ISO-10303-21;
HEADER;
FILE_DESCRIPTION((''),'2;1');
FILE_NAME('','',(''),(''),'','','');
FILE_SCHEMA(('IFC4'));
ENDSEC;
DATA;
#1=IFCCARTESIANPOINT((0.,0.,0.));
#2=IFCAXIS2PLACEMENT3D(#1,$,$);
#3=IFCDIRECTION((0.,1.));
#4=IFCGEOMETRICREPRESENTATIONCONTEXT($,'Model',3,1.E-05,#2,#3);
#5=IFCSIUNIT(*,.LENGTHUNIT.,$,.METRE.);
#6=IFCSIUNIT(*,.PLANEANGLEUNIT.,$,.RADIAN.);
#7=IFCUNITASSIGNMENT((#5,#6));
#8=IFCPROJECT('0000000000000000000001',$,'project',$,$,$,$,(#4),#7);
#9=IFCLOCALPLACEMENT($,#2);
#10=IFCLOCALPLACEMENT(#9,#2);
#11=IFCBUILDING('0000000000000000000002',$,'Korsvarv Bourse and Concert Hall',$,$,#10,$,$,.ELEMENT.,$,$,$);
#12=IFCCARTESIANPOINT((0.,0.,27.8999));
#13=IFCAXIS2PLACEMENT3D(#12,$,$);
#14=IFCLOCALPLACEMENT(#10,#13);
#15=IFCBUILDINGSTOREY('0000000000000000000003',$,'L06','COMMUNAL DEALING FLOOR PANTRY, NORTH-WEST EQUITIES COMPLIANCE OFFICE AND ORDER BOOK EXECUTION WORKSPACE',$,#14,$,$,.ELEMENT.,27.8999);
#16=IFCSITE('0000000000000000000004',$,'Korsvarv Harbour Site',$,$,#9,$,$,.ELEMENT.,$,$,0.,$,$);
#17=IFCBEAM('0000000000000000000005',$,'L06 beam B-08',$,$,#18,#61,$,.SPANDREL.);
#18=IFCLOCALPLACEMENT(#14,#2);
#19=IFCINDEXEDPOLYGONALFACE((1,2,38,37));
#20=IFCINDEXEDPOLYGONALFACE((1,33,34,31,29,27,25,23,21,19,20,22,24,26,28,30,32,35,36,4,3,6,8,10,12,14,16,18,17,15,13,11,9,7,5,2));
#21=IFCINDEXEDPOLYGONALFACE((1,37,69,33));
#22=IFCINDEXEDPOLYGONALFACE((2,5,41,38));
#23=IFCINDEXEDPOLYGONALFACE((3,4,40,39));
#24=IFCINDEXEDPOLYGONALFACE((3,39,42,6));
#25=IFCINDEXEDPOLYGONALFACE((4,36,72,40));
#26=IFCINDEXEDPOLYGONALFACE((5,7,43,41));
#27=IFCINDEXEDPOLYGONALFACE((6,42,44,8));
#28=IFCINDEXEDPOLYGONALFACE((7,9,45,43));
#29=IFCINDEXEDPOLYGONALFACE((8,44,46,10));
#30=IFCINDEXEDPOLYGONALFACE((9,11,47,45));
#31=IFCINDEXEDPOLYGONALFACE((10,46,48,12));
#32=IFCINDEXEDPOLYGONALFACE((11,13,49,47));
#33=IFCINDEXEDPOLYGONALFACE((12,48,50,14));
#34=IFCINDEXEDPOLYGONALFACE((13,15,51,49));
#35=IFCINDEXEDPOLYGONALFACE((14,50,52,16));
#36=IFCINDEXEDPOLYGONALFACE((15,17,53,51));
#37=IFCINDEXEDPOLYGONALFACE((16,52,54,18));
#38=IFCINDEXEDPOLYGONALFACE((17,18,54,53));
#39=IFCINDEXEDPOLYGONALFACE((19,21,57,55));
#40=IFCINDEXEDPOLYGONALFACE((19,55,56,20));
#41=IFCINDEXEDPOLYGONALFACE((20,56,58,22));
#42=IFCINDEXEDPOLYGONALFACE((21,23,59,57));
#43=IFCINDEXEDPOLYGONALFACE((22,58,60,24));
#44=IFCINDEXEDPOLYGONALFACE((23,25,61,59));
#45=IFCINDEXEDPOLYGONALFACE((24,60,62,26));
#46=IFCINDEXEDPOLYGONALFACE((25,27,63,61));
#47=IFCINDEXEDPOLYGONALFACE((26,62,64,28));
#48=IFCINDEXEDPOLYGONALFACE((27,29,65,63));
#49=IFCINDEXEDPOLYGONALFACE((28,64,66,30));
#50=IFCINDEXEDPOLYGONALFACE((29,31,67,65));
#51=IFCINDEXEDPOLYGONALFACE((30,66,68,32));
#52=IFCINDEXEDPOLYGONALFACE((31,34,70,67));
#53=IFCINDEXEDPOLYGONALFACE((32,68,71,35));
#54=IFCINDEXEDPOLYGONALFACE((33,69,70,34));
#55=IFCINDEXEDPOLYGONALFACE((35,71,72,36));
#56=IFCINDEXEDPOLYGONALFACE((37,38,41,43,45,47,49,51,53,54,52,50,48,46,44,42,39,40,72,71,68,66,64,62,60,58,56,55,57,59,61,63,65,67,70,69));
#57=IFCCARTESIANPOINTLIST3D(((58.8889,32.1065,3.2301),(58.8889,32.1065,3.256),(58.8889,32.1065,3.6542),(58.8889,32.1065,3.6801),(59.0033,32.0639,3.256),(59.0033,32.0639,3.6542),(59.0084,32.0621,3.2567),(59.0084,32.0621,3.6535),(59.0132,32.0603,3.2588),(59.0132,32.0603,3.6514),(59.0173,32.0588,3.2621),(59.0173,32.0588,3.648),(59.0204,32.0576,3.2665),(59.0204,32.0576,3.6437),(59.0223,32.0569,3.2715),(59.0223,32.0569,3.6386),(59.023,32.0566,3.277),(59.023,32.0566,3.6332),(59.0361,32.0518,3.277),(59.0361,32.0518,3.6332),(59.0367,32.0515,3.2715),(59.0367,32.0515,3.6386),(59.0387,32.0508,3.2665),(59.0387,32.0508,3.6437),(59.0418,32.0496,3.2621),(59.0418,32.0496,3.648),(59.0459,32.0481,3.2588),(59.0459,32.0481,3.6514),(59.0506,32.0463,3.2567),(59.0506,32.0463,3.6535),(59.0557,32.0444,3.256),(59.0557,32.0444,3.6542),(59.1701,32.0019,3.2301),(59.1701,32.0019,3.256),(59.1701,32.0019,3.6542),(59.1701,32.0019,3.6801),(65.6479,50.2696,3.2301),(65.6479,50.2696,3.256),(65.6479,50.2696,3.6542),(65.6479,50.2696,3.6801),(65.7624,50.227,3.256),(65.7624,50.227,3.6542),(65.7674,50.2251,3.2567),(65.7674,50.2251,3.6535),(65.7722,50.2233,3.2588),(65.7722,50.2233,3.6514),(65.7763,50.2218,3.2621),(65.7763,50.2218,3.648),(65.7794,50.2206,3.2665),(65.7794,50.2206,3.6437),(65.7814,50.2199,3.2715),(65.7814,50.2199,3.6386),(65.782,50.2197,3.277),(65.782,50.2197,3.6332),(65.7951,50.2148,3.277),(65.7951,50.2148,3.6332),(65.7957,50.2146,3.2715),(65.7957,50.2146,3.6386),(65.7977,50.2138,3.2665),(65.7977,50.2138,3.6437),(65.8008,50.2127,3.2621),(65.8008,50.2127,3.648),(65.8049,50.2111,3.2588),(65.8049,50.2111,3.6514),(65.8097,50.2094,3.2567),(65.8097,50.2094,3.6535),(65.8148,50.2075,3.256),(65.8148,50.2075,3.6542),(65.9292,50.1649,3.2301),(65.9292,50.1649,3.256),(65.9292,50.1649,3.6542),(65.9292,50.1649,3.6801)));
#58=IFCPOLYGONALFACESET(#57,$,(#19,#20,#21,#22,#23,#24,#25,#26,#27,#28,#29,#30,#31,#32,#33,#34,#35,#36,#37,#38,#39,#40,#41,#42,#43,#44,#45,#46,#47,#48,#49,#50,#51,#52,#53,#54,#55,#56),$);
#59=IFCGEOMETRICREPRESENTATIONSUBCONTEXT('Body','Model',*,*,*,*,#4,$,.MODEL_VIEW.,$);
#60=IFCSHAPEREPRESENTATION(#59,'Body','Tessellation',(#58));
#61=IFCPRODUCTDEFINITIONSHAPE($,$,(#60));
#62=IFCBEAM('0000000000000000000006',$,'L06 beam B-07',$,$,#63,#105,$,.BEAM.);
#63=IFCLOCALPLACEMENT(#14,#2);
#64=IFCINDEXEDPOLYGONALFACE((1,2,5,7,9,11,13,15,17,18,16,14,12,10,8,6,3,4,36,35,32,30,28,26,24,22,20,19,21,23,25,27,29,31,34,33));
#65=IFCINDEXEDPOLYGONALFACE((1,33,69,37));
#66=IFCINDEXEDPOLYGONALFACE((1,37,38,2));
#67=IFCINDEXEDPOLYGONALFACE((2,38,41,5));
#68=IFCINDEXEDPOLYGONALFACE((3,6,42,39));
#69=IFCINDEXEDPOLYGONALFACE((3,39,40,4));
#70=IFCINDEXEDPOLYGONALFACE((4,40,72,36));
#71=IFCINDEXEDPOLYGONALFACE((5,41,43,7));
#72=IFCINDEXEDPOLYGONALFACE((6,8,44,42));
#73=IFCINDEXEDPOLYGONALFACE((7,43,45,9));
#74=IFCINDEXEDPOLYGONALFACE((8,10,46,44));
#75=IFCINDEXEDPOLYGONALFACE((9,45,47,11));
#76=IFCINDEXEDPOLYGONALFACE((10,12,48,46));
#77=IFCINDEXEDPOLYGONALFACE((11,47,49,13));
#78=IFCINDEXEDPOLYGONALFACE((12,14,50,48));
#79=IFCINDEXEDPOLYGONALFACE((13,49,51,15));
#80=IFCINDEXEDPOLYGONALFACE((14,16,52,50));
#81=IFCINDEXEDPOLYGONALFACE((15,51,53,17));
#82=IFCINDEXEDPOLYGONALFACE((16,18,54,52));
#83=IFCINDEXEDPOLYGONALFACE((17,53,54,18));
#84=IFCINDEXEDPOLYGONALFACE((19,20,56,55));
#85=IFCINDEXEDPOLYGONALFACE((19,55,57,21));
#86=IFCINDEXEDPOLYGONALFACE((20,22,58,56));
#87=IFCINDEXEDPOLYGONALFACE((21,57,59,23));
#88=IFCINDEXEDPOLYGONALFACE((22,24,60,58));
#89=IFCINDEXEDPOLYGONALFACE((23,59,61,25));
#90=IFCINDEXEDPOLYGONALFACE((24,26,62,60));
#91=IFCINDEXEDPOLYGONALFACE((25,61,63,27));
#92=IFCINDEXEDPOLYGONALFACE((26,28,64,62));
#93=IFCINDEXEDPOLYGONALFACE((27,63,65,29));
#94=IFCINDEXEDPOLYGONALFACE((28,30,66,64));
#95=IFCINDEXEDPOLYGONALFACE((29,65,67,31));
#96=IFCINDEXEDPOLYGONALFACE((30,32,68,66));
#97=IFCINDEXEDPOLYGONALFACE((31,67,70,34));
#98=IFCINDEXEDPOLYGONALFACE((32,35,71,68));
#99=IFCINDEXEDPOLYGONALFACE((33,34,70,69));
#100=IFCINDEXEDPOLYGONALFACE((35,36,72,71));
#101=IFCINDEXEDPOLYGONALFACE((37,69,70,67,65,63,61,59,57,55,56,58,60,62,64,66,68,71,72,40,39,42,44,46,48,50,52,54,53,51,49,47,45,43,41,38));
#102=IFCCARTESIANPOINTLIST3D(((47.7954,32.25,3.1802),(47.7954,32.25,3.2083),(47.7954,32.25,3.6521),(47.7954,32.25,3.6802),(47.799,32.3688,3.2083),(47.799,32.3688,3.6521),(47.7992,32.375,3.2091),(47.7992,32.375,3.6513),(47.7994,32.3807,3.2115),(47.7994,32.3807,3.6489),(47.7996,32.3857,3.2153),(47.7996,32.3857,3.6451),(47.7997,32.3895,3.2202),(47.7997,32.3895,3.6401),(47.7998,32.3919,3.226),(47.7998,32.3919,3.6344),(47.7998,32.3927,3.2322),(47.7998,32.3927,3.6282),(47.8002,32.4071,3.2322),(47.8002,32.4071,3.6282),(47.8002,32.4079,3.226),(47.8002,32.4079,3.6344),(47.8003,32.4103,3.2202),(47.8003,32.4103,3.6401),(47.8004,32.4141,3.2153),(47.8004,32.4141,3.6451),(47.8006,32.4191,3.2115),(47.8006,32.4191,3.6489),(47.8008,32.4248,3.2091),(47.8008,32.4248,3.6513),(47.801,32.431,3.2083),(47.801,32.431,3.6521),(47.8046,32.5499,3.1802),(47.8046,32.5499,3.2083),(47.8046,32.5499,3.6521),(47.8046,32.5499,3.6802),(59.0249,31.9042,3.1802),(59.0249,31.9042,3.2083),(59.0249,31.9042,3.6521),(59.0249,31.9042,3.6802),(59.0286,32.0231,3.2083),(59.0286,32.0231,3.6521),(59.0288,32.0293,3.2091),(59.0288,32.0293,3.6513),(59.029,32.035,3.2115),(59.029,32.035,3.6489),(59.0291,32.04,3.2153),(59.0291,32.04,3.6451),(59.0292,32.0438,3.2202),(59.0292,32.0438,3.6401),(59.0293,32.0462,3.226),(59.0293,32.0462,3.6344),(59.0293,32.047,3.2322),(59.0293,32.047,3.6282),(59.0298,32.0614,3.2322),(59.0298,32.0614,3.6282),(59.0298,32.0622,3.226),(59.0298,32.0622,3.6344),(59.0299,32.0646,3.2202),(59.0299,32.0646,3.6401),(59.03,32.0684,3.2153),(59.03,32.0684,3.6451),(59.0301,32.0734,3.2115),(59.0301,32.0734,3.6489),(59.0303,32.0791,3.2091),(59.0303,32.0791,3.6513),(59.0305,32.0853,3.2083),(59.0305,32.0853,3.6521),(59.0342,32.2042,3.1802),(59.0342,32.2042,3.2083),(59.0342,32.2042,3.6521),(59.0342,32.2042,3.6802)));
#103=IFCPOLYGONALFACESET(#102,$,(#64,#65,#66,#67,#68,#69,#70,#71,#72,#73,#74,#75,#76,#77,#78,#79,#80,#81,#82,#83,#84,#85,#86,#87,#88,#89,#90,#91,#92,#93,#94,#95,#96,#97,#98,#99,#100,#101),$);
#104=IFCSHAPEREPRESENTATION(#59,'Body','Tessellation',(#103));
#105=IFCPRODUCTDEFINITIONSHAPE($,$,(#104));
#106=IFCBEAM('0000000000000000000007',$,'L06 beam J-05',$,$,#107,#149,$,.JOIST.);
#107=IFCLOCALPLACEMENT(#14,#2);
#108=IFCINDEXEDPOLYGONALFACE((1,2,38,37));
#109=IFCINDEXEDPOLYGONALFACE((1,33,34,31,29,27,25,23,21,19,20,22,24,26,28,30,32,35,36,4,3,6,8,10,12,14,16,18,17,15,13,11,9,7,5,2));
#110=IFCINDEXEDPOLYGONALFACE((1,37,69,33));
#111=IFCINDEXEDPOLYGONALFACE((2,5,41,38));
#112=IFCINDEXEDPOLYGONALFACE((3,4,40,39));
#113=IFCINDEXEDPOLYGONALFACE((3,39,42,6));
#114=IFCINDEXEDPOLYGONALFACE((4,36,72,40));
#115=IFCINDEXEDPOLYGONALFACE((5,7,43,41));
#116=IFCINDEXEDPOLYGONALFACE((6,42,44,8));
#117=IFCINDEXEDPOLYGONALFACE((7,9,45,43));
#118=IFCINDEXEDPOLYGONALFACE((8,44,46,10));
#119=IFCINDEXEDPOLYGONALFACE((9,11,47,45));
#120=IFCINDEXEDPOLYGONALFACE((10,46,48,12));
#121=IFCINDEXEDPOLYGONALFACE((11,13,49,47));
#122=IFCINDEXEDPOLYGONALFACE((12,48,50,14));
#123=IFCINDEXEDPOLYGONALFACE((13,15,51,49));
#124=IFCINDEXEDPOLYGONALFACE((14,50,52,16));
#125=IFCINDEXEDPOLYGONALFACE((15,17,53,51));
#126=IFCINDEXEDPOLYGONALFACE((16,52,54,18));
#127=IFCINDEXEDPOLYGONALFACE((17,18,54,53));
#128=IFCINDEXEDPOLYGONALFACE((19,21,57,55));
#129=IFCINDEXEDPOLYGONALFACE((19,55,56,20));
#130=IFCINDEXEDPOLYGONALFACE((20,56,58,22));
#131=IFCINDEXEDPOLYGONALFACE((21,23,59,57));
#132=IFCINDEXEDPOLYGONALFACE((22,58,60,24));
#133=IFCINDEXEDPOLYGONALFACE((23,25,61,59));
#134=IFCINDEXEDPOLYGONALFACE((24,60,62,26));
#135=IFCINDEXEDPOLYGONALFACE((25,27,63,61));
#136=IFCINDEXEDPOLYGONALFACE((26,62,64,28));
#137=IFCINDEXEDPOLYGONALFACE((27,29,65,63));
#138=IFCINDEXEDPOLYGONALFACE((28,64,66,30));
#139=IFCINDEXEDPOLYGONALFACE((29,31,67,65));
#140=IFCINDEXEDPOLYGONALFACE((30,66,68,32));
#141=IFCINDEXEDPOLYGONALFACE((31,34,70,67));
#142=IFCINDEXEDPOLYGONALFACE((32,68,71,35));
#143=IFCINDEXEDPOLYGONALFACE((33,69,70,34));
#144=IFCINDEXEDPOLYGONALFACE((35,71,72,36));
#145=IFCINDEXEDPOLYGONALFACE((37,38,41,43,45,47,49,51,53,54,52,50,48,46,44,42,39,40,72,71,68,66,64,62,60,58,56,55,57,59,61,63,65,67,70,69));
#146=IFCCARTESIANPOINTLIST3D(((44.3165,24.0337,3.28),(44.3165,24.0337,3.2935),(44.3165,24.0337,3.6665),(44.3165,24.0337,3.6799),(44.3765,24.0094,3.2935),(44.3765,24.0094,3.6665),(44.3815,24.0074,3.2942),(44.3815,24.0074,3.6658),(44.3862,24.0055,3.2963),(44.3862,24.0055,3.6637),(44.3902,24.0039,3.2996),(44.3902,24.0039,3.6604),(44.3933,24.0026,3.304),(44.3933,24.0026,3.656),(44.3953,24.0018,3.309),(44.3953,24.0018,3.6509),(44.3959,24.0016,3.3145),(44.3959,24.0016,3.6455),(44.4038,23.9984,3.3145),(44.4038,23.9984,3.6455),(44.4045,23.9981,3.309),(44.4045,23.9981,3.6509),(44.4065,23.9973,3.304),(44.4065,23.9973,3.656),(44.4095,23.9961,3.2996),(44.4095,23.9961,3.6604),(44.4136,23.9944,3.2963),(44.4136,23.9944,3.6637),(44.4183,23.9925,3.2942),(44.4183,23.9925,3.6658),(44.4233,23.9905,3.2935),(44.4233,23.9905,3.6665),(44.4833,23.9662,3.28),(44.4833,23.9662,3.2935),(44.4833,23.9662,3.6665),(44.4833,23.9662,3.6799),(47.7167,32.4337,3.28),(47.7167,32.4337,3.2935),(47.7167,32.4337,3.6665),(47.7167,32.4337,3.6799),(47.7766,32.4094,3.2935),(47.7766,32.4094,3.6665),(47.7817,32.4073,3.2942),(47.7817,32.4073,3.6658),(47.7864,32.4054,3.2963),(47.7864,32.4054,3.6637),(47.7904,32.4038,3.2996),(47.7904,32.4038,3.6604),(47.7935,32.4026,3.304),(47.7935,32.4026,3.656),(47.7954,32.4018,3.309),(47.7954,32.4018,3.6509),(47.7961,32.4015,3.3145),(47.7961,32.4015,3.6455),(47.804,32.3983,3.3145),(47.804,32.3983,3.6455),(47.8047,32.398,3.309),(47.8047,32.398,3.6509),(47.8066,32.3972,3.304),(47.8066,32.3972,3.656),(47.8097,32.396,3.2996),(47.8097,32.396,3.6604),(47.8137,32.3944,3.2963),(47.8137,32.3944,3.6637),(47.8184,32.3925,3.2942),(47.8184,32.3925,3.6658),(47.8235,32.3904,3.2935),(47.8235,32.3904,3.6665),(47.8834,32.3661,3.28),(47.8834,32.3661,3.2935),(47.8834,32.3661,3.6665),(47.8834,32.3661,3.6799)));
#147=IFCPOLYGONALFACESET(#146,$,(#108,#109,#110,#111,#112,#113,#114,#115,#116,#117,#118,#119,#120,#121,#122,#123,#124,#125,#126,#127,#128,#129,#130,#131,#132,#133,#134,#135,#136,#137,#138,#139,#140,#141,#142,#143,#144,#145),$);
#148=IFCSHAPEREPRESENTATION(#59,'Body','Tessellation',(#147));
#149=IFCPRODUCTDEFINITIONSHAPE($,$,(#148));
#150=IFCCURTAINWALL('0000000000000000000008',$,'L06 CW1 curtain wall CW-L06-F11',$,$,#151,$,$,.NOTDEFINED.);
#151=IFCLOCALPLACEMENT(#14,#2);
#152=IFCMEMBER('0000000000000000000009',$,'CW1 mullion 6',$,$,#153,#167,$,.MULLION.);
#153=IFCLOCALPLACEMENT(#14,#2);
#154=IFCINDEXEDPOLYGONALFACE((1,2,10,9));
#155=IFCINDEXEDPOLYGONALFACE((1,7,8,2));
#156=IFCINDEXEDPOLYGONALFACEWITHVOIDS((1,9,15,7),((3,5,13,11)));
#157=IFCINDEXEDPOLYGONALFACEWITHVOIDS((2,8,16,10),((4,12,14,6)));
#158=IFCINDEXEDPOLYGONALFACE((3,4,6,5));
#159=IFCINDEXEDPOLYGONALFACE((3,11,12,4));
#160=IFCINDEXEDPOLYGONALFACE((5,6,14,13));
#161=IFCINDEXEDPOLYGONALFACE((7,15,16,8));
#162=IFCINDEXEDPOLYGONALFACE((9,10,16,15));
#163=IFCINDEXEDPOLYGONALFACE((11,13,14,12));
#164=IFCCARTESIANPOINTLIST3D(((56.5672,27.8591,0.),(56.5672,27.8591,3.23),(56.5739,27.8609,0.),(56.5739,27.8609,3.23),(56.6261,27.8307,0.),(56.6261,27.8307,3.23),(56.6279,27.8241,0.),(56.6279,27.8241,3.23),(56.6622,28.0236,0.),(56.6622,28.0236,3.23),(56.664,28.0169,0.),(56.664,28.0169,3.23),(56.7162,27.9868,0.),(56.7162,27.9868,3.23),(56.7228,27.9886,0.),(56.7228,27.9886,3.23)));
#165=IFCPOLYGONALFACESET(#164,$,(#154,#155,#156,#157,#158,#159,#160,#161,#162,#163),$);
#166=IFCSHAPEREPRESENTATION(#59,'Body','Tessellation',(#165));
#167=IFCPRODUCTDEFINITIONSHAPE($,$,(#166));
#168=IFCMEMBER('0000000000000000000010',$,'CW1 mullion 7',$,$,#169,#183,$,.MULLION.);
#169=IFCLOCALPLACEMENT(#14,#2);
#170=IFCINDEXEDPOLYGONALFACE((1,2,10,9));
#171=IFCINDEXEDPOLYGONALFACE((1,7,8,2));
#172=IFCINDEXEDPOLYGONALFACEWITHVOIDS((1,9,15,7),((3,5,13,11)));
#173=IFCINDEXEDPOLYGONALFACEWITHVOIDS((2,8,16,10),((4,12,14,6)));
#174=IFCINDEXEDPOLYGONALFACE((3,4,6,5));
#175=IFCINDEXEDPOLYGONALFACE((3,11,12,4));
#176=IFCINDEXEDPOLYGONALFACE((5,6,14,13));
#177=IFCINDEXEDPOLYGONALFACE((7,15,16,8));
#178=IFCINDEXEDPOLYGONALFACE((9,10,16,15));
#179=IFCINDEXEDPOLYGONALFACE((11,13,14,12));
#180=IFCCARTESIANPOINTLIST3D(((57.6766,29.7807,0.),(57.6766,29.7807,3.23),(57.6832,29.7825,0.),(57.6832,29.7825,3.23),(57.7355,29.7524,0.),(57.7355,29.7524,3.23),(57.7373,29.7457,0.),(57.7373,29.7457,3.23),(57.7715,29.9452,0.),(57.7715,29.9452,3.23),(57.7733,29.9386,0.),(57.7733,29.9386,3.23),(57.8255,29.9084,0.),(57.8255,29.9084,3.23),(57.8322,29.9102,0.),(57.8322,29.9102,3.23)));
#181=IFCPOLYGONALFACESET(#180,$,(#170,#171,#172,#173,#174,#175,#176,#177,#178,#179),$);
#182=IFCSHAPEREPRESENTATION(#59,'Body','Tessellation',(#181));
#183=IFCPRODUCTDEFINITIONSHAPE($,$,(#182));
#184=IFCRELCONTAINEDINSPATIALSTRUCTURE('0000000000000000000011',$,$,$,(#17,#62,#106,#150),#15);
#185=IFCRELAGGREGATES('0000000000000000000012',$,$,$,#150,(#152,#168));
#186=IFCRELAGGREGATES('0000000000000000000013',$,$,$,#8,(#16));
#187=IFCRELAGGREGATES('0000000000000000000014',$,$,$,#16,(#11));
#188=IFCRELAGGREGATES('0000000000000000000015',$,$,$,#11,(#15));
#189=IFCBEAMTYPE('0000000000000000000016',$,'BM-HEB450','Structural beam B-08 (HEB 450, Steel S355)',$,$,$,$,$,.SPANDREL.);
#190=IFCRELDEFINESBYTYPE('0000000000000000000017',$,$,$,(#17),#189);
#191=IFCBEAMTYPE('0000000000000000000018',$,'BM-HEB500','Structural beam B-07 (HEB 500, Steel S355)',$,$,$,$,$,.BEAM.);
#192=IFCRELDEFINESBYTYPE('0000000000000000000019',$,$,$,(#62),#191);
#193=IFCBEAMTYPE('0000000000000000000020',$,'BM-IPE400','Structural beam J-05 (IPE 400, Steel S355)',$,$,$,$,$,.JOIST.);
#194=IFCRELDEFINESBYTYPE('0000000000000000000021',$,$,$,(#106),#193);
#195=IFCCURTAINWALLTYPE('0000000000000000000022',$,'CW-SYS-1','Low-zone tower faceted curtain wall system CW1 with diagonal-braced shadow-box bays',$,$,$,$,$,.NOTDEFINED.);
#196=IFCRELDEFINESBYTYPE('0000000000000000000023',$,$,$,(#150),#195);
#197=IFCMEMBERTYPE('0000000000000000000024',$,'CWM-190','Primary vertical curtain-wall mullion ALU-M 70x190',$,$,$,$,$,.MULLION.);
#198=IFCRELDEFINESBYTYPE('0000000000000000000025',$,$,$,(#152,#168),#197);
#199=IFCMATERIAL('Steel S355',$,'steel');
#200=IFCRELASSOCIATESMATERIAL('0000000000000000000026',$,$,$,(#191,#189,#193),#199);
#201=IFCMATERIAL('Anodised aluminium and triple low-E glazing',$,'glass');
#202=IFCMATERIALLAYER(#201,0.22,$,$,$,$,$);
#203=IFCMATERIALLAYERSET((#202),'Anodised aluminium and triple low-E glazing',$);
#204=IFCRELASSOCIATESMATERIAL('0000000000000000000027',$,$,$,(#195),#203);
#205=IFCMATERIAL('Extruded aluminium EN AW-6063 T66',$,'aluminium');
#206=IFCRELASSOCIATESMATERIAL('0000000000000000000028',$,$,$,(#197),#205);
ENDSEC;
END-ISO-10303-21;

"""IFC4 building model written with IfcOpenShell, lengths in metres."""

from ifc_helpers import new_model, si_unit, direction, frame, origin, origin_2d, place, context, subcontext, project, spatial, hollow_rectangle, i_section, extrude, source, transform, mapped, material, layer, layer_set, material_profile, profile_set, type_object, element, aggregate, save


model = new_model("IFC4")

# Units and contexts
model_context = context("Model", 3, precision=1e-05, world=origin(), true_north=direction((0.0, 1.0)))
body_context = subcontext(model_context, "Body", "Model", "MODEL_VIEW")
ifc_project = project(units=[si_unit("LENGTHUNIT", "METRE"), si_unit("PLANEANGLEUNIT", "RADIAN")], contexts=[model_context])

# Site, building, storey
site_placement = place(None, origin())
site = spatial("IfcSite", under=ifc_project, at=site_placement, Name="Korsvarv Harbour Site", CompositionType="ELEMENT", RefElevation=0.0)
building_placement = place(site_placement, origin())
building = spatial("IfcBuilding", under=site, at=building_placement, Name="Korsvarv Bourse and Concert Hall", CompositionType="ELEMENT")
storey_placement = place(building_placement, frame((0.0, 0.0, 27.8999)))
storey = spatial("IfcBuildingStorey", under=building, at=storey_placement, Name="L06", Description="COMMUNAL DEALING FLOOR PANTRY, NORTH-WEST EQUITIES COMPLIANCE OFFICE AND ORDER BOOK EXECUTION WORKSPACE", CompositionType="ELEMENT", Elevation=27.8999)

# Beams
ifc_material_1 = material(Name="Steel S355", Category="steel")
ifc_material_profile_1 = material_profile(ifc_material_1, i_section(OverallWidth=0.3, OverallDepth=0.5, WebThickness=0.0144, FlangeThickness=0.0281, FilletRadius=0.0239, at=origin_2d()), Name="HEB 500")
ifc_profile_set_1 = profile_set([ifc_material_profile_1], Name="Steel S355")
beam_type_1 = type_object("IfcBeamType", Name="BM-HEB500", Description="Structural beam B-07 (HEB 500, Steel S355)", PredefinedType="BEAM", material=ifc_profile_set_1)
ifc_material_profile_2 = material_profile(ifc_material_1, i_section(OverallWidth=0.3, OverallDepth=0.45, WebThickness=0.0139, FlangeThickness=0.0259, FilletRadius=0.021, at=origin_2d()), Name="HEB 450")
ifc_profile_set_2 = profile_set([ifc_material_profile_2], Name="Steel S355")
beam_type_2 = type_object("IfcBeamType", Name="BM-HEB450", Description="Structural beam B-08 (HEB 450, Steel S355)", PredefinedType="SPANDREL", material=ifc_profile_set_2)
shared_shape_1 = source(origin(), body_context, "Body", "SweptSolid", [
    extrude(i_section(OverallWidth=0.3, OverallDepth=0.45, WebThickness=0.0139, FlangeThickness=0.0259, FilletRadius=0.021, at=origin_2d()), origin(), (0.0, 0.0, 1.0), 19.3799),
])
beam_1_placement = place(storey_placement, frame((59.0295, 32.0542, 3.4551), z_axis=(0.348764, 0.93721, 0.0), x_axis=(-0.93721, 0.348764, 0.0)))
element("IfcBeam", 1, at=beam_1_placement, inside=storey, type_object=beam_type_2, Name="L06 beam B-08", PredefinedType="SPANDREL", context=body_context, shape_type="MappedRepresentation", body=[
    mapped(shared_shape_1, transform((0.0, 0.0, 0.0), scale=1.0)),
])
shared_shape_2 = source(origin(), body_context, "Body", "SweptSolid", [
    extrude(i_section(OverallWidth=0.3, OverallDepth=0.5, WebThickness=0.0144, FlangeThickness=0.0281, FilletRadius=0.0239, at=origin_2d()), origin(), (0.0, 0.0, 1.0), 11.2349),
])
beam_2_placement = place(storey_placement, frame((59.0295, 32.0542, 3.4302), z_axis=(-0.999526, 0.030771, 0.0), x_axis=(-0.030771, -0.999526, 0.0)))
element("IfcBeam", 2, at=beam_2_placement, inside=storey, type_object=beam_type_1, Name="L06 beam B-07", PredefinedType="BEAM", context=body_context, shape_type="MappedRepresentation", body=[
    mapped(shared_shape_2, transform((0.0, 0.0, 0.0), scale=1.0)),
])
ifc_material_profile_3 = material_profile(ifc_material_1, i_section(OverallWidth=0.1799, OverallDepth=0.3999, WebThickness=0.0085, FlangeThickness=0.0134, FilletRadius=0.021, at=origin_2d()), Name="IPE 400")
ifc_profile_set_3 = profile_set([ifc_material_profile_3], Name="Steel S355")
beam_type_3 = type_object("IfcBeamType", Name="BM-IPE400", Description="Structural beam J-05 (IPE 400, Steel S355)", PredefinedType="JOIST", material=ifc_profile_set_3)
shared_shape_3 = source(origin(), body_context, "Body", "SweptSolid", [
    extrude(i_section(OverallWidth=0.1799, OverallDepth=0.3999, WebThickness=0.0085, FlangeThickness=0.0134, FilletRadius=0.021, at=origin_2d()), origin(), (0.0, 0.0, 1.0), 9.062),
])
beam_3_placement = place(storey_placement, frame((47.8, 32.3999, 3.48), z_axis=(-0.37521, -0.92694, 0.0), x_axis=(0.92694, -0.37521, 0.0)))
element("IfcBeam", 3, at=beam_3_placement, inside=storey, type_object=beam_type_3, Name="L06 beam J-05", PredefinedType="JOIST", context=body_context, shape_type="MappedRepresentation", body=[
    mapped(shared_shape_3, transform((0.0, 0.0, 0.0), scale=1.0)),
])

# Curtain wall, members
ifc_material_2 = material(Name="Anodised aluminium and triple low-E glazing", Category="glass")
ifc_layer_1 = layer(ifc_material_2, 0.22)
ifc_layer_set_1 = layer_set([ifc_layer_1], Name="Anodised aluminium and triple low-E glazing")
curtain_wall_type = type_object("IfcCurtainWallType", Name="CW-SYS-1", Description="Low-zone tower faceted curtain wall system CW1 with diagonal-braced shadow-box bays", PredefinedType="NOTDEFINED", material=ifc_layer_set_1)
curtain_wall_placement = place(storey_placement, origin())
curtain_wall = element("IfcCurtainWall", 4, at=curtain_wall_placement, inside=storey, type_object=curtain_wall_type, Name="L06 CW1 curtain wall CW-L06-F11", PredefinedType="NOTDEFINED")
ifc_material_3 = material(Name="Extruded aluminium EN AW-6063 T66", Category="aluminium")
ifc_material_profile_4 = material_profile(ifc_material_3, hollow_rectangle(XDim=0.0701, YDim=0.1899, WallThickness=0.0049, at=origin_2d()), Name="ALU-M 70x190")
ifc_profile_set_4 = profile_set([ifc_material_profile_4], Name="Extruded aluminium EN AW-6063 T66")
member_type_1 = type_object("IfcMemberType", Name="CWM-190", Description="Primary vertical curtain-wall mullion ALU-M 70x190", PredefinedType="MULLION", material=ifc_profile_set_4)
shared_shape_4 = source(origin(), body_context, "Body", "SweptSolid", [
    extrude(hollow_rectangle(XDim=0.0701, YDim=0.1899, WallThickness=0.0049, at=origin_2d()), origin(), (0.0, 0.0, 1.0), 3.23),
])
member_1_placement = place(storey_placement, frame((56.645, 27.9238, 0.0), z_axis=(0.0, 0.0, 1.0), x_axis=(-0.866029, 0.499995, 0.0)))
member_1 = element("IfcMember", 5, at=member_1_placement, type_object=member_type_1, Name="CW1 mullion 6", PredefinedType="MULLION", context=body_context, shape_type="MappedRepresentation", body=[
    mapped(shared_shape_4, transform((0.0, 0.0, 0.0), scale=1.0)),
])
member_2_placement = place(storey_placement, frame((57.7544, 29.8455, 0.0), z_axis=(0.0, 0.0, 1.0), x_axis=(-0.866029, 0.499995, 0.0)))
member_2 = element("IfcMember", 6, at=member_2_placement, type_object=member_type_1, Name="CW1 mullion 7", PredefinedType="MULLION", context=body_context, shape_type="MappedRepresentation", body=[
    mapped(shared_shape_4, transform((0.0, 0.0, 0.0), scale=1.0)),
])
aggregate(curtain_wall, [member_1, member_2])

save(model, "model.ifc")
